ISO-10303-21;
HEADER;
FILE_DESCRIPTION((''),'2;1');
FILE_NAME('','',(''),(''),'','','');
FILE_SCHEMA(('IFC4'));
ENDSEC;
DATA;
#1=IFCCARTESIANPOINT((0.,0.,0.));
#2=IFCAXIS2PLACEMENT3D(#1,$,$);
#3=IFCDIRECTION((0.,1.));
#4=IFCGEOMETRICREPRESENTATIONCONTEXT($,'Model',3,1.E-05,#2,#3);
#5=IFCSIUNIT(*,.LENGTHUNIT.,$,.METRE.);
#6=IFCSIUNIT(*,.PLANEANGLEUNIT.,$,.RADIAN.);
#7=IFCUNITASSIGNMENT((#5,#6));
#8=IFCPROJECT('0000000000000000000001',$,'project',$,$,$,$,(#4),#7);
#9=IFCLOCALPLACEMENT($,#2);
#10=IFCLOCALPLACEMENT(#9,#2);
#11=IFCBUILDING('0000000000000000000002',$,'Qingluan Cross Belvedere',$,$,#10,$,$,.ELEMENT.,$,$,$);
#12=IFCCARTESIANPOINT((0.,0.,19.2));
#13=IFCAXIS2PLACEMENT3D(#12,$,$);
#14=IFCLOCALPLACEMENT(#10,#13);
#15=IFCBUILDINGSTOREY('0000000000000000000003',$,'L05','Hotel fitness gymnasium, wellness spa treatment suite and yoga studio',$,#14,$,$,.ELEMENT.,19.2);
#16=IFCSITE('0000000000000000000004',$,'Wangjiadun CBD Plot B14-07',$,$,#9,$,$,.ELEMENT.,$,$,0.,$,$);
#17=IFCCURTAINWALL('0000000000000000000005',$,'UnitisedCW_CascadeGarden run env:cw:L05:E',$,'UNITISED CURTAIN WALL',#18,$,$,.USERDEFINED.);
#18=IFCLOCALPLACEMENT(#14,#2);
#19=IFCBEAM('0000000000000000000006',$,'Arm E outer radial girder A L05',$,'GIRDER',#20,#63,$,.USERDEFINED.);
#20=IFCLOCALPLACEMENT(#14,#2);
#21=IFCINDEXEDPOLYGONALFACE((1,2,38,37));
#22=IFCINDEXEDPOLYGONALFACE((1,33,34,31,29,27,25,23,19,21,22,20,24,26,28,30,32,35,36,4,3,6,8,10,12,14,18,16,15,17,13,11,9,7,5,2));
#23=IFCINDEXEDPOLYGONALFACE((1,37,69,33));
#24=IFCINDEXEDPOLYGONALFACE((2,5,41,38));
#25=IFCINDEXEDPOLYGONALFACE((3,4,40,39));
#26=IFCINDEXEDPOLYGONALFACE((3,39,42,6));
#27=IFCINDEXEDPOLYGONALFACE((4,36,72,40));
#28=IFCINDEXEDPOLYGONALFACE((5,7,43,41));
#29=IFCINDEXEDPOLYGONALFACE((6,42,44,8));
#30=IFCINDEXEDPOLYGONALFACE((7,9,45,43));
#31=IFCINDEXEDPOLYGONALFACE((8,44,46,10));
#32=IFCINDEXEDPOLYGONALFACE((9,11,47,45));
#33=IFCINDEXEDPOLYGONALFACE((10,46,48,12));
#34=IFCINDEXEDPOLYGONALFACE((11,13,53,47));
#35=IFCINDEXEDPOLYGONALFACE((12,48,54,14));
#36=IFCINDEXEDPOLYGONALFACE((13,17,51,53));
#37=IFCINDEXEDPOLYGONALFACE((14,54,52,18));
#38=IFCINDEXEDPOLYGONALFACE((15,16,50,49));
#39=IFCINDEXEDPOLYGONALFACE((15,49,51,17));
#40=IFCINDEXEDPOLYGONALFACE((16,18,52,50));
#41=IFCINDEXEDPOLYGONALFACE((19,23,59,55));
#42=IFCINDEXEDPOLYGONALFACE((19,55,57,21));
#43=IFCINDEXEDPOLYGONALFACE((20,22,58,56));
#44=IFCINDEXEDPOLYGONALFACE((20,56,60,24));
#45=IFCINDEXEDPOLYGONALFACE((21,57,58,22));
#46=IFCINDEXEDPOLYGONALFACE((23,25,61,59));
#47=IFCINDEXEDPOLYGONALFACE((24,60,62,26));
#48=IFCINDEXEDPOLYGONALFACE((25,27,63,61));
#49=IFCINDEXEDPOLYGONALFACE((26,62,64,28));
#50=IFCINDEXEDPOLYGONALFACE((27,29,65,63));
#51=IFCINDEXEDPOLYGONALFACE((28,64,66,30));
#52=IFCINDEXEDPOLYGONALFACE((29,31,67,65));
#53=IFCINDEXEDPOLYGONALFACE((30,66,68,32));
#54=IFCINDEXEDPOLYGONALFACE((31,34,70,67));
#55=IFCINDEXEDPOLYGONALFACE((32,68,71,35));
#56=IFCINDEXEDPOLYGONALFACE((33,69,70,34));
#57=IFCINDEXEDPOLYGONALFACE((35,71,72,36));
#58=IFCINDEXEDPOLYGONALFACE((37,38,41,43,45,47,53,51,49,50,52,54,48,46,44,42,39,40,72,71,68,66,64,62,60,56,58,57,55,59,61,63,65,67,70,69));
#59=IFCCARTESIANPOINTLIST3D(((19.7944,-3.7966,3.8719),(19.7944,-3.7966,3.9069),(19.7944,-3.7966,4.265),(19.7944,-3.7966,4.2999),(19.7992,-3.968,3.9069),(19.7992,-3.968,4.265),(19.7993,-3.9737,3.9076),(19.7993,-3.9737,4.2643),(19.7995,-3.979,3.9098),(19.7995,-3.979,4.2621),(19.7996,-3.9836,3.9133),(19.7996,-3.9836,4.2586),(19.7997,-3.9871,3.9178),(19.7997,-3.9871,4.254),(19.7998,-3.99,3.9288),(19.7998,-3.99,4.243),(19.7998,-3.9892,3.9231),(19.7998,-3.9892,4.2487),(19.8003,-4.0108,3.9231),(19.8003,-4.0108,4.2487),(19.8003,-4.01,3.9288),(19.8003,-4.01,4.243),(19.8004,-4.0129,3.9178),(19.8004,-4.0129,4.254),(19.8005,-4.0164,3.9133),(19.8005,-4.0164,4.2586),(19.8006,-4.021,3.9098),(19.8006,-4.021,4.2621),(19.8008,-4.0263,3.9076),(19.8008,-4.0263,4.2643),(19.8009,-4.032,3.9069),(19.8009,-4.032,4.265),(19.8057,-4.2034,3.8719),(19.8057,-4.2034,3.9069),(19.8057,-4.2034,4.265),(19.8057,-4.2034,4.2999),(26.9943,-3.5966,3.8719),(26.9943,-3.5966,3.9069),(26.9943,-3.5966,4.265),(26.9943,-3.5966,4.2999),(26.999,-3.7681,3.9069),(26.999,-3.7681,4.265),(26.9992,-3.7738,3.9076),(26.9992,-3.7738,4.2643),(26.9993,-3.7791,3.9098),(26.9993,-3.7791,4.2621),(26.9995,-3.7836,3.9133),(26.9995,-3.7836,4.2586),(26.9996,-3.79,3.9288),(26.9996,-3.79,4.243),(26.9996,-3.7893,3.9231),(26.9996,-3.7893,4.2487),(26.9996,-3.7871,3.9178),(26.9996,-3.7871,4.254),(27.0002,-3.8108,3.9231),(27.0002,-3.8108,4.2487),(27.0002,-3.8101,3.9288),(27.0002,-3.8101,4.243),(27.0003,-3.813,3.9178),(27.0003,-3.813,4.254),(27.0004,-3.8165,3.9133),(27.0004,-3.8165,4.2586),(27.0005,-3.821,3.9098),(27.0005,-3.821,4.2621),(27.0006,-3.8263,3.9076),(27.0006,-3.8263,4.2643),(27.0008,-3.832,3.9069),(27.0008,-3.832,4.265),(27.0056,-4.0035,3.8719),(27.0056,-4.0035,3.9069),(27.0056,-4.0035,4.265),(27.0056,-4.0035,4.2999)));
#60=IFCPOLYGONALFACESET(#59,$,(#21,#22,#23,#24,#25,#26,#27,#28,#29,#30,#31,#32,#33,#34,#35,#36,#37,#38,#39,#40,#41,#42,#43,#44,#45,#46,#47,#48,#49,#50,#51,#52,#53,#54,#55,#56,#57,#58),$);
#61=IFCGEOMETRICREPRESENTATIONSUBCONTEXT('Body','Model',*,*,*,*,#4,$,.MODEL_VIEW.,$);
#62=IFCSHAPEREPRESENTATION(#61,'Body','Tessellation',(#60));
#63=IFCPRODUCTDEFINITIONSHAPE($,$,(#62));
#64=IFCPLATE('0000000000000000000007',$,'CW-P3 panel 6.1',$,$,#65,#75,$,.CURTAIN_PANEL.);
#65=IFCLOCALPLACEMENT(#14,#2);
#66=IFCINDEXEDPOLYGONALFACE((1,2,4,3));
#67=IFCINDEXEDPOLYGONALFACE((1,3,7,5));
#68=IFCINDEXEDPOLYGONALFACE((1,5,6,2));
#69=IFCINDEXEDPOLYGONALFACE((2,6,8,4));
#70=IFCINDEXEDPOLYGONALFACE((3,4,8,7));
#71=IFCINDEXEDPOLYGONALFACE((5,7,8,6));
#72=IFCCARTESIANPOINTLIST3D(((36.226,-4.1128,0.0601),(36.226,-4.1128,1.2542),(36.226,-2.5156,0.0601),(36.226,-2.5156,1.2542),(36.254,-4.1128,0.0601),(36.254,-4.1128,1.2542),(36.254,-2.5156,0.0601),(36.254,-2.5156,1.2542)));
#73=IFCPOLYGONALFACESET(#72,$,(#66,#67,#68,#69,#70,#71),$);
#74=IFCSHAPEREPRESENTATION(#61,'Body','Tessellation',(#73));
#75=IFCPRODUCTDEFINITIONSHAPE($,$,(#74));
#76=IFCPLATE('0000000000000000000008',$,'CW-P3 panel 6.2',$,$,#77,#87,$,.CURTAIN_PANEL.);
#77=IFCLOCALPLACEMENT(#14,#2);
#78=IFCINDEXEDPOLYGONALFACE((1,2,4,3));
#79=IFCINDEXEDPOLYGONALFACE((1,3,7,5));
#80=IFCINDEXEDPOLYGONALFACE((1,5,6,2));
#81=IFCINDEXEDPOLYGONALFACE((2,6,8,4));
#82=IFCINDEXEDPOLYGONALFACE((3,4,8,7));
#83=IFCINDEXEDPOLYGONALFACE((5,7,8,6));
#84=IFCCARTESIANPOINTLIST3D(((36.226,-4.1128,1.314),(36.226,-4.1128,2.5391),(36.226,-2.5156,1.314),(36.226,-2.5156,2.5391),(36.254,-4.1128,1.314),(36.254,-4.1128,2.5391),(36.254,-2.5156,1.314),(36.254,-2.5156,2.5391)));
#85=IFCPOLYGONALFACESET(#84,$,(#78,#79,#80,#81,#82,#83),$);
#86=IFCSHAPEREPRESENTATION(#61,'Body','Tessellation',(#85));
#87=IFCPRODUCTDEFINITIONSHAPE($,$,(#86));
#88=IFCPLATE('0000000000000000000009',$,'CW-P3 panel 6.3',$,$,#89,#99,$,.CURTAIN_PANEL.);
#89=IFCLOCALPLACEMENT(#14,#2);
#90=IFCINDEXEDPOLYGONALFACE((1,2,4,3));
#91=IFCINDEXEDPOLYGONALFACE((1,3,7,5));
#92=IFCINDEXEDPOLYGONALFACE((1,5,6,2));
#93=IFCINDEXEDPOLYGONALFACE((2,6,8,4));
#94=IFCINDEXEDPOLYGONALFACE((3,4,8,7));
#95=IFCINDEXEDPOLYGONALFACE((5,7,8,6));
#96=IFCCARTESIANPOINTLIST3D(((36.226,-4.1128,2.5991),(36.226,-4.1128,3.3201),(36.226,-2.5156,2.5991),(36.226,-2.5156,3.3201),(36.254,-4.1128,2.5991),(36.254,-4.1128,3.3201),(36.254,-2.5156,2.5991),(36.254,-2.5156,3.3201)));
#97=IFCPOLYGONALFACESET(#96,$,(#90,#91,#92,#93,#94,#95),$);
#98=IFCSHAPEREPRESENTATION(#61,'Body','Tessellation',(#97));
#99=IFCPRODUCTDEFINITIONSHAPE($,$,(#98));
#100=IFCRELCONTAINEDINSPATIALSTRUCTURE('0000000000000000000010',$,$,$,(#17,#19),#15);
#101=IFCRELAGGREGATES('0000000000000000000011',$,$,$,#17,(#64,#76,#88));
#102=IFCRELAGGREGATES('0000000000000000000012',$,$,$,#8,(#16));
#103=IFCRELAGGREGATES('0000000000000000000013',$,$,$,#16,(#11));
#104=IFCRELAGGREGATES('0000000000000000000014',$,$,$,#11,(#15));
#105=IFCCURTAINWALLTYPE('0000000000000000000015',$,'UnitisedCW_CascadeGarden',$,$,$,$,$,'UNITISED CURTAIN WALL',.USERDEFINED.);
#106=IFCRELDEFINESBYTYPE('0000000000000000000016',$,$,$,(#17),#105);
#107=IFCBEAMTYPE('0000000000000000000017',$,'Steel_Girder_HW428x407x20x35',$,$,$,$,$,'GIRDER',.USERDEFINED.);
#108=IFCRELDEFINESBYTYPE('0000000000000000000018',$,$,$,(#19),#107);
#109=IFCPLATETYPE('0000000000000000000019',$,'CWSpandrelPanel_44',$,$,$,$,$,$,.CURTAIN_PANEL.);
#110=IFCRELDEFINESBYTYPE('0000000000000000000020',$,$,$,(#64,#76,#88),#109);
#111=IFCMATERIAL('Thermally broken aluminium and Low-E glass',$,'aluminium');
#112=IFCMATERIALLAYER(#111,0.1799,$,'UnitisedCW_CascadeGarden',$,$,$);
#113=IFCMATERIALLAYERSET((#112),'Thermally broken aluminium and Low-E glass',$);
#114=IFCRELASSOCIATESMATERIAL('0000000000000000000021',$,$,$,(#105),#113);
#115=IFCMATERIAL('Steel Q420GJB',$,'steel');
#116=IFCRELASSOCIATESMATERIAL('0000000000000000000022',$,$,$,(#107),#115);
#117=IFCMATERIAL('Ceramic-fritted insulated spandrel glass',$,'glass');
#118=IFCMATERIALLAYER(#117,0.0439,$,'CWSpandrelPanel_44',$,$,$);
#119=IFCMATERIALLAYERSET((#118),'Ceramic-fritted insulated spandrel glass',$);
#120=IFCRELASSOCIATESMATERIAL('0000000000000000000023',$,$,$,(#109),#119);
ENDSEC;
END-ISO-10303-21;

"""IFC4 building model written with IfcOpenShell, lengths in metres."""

from ifc_helpers import new_model, si_unit, direction, frame, origin, origin_2d, place, context, subcontext, project, spatial, rectangle, i_section, extrude, material, layer, layer_set, material_profile, profile_set, type_object, element, aggregate, save


model = new_model("IFC4")

# Units and contexts
model_context = context("Model", 3, precision=1e-05, world=origin(), true_north=direction((0.0, 1.0)))
body_context = subcontext(model_context, "Body", "Model", "MODEL_VIEW")
ifc_project = project(units=[si_unit("LENGTHUNIT", "METRE"), si_unit("PLANEANGLEUNIT", "RADIAN")], contexts=[model_context])

# Site, building, storey
site_placement = place(None, origin())
site = spatial("IfcSite", under=ifc_project, at=site_placement, Name="Wangjiadun CBD Plot B14-07", CompositionType="ELEMENT", RefElevation=0.0)
building_placement = place(site_placement, origin())
building = spatial("IfcBuilding", under=site, at=building_placement, Name="Qingluan Cross Belvedere", CompositionType="ELEMENT")
storey_placement = place(building_placement, frame((0.0, 0.0, 19.2)))
storey = spatial("IfcBuildingStorey", under=building, at=storey_placement, Name="L05", Description="Hotel fitness gymnasium, wellness spa treatment suite and yoga studio", CompositionType="ELEMENT", Elevation=19.2)

# Curtain wall
ifc_material_1 = material(Name="Thermally broken aluminium and Low-E glass", Category="aluminium")
ifc_layer_1 = layer(ifc_material_1, 0.1799, Name="UnitisedCW_CascadeGarden")
ifc_layer_set_1 = layer_set([ifc_layer_1], Name="Thermally broken aluminium and Low-E glass")
curtain_wall_type = type_object("IfcCurtainWallType", Name="UnitisedCW_CascadeGarden", ElementType="UNITISED CURTAIN WALL", PredefinedType="USERDEFINED", material=ifc_layer_set_1)
curtain_wall_placement = place(storey_placement, origin())
curtain_wall = element("IfcCurtainWall", 1, at=curtain_wall_placement, inside=storey, type_object=curtain_wall_type, Name="UnitisedCW_CascadeGarden run env:cw:L05:E", ObjectType="UNITISED CURTAIN WALL", PredefinedType="USERDEFINED")

# Beam
ifc_material_2 = material(Name="Steel Q420GJB", Category="steel")
ifc_material_profile_1 = material_profile(ifc_material_2, i_section(OverallWidth=0.407, OverallDepth=0.428, WebThickness=0.02, FlangeThickness=0.0349, FilletRadius=0.022, at=origin_2d()), Name="HW428x407x20x35")
ifc_profile_set_1 = profile_set([ifc_material_profile_1], Name="Steel Q420GJB")
beam_type_1 = type_object("IfcBeamType", Name="Steel_Girder_HW428x407x20x35", ElementType="GIRDER", PredefinedType="USERDEFINED", material=ifc_profile_set_1)
beam_1_placement = place(storey_placement, frame((19.8, -4.0, 4.0859), z_axis=(0.999615, 0.02776, 0.0), x_axis=(-0.02776, 0.999615, 0.0)))
element("IfcBeam", 2, at=beam_1_placement, inside=storey, type_object=beam_type_1, Name="Arm E outer radial girder A L05", ObjectType="GIRDER", PredefinedType="USERDEFINED", context=body_context, shape_type="SweptSolid", body=[
    extrude(i_section(OverallWidth=0.407, OverallDepth=0.428, WebThickness=0.02, FlangeThickness=0.0349, FilletRadius=0.022, at=origin_2d()), origin(), (0.0, 0.0, 1.0), 7.2026),
])

# Plates
ifc_material_3 = material(Name="Ceramic-fritted insulated spandrel glass", Category="glass")
ifc_layer_2 = layer(ifc_material_3, 0.0439, Name="CWSpandrelPanel_44")
ifc_layer_set_2 = layer_set([ifc_layer_2], Name="Ceramic-fritted insulated spandrel glass")
plate_type = type_object("IfcPlateType", Name="CWSpandrelPanel_44", PredefinedType="CURTAIN_PANEL", material=ifc_layer_set_2)
plate_1_placement = place(storey_placement, frame((36.24, -3.3142, 0.0601), z_axis=(0.0, 0.0, 1.0), x_axis=(0.0, -1.0, 0.0)))
plate_1 = element("IfcPlate", 3, at=plate_1_placement, type_object=plate_type, Name="CW-P3 panel 6.1", PredefinedType="CURTAIN_PANEL", context=body_context, shape_type="SweptSolid", body=[
    extrude(rectangle(XDim=1.5972, YDim=0.0281, at=origin_2d()), origin(), (0.0, 0.0, 1.0), 1.1941),
])
plate_2_placement = place(storey_placement, frame((36.24, -3.3142, 1.314), z_axis=(0.0, 0.0, 1.0), x_axis=(0.0, -1.0, 0.0)))
plate_2 = element("IfcPlate", 4, at=plate_2_placement, type_object=plate_type, Name="CW-P3 panel 6.2", PredefinedType="CURTAIN_PANEL", context=body_context, shape_type="SweptSolid", body=[
    extrude(rectangle(XDim=1.5972, YDim=0.0281, at=origin_2d()), origin(), (0.0, 0.0, 1.0), 1.2251),
])
plate_3_placement = place(storey_placement, frame((36.24, -3.3142, 2.5991), z_axis=(0.0, 0.0, 1.0), x_axis=(0.0, -1.0, 0.0)))
plate_3 = element("IfcPlate", 5, at=plate_3_placement, type_object=plate_type, Name="CW-P3 panel 6.3", PredefinedType="CURTAIN_PANEL", context=body_context, shape_type="SweptSolid", body=[
    extrude(rectangle(XDim=1.5972, YDim=0.0281, at=origin_2d()), origin(), (0.0, 0.0, 1.0), 0.7209),
])
aggregate(curtain_wall, [plate_1, plate_2, plate_3])

save(model, "model.ifc")
